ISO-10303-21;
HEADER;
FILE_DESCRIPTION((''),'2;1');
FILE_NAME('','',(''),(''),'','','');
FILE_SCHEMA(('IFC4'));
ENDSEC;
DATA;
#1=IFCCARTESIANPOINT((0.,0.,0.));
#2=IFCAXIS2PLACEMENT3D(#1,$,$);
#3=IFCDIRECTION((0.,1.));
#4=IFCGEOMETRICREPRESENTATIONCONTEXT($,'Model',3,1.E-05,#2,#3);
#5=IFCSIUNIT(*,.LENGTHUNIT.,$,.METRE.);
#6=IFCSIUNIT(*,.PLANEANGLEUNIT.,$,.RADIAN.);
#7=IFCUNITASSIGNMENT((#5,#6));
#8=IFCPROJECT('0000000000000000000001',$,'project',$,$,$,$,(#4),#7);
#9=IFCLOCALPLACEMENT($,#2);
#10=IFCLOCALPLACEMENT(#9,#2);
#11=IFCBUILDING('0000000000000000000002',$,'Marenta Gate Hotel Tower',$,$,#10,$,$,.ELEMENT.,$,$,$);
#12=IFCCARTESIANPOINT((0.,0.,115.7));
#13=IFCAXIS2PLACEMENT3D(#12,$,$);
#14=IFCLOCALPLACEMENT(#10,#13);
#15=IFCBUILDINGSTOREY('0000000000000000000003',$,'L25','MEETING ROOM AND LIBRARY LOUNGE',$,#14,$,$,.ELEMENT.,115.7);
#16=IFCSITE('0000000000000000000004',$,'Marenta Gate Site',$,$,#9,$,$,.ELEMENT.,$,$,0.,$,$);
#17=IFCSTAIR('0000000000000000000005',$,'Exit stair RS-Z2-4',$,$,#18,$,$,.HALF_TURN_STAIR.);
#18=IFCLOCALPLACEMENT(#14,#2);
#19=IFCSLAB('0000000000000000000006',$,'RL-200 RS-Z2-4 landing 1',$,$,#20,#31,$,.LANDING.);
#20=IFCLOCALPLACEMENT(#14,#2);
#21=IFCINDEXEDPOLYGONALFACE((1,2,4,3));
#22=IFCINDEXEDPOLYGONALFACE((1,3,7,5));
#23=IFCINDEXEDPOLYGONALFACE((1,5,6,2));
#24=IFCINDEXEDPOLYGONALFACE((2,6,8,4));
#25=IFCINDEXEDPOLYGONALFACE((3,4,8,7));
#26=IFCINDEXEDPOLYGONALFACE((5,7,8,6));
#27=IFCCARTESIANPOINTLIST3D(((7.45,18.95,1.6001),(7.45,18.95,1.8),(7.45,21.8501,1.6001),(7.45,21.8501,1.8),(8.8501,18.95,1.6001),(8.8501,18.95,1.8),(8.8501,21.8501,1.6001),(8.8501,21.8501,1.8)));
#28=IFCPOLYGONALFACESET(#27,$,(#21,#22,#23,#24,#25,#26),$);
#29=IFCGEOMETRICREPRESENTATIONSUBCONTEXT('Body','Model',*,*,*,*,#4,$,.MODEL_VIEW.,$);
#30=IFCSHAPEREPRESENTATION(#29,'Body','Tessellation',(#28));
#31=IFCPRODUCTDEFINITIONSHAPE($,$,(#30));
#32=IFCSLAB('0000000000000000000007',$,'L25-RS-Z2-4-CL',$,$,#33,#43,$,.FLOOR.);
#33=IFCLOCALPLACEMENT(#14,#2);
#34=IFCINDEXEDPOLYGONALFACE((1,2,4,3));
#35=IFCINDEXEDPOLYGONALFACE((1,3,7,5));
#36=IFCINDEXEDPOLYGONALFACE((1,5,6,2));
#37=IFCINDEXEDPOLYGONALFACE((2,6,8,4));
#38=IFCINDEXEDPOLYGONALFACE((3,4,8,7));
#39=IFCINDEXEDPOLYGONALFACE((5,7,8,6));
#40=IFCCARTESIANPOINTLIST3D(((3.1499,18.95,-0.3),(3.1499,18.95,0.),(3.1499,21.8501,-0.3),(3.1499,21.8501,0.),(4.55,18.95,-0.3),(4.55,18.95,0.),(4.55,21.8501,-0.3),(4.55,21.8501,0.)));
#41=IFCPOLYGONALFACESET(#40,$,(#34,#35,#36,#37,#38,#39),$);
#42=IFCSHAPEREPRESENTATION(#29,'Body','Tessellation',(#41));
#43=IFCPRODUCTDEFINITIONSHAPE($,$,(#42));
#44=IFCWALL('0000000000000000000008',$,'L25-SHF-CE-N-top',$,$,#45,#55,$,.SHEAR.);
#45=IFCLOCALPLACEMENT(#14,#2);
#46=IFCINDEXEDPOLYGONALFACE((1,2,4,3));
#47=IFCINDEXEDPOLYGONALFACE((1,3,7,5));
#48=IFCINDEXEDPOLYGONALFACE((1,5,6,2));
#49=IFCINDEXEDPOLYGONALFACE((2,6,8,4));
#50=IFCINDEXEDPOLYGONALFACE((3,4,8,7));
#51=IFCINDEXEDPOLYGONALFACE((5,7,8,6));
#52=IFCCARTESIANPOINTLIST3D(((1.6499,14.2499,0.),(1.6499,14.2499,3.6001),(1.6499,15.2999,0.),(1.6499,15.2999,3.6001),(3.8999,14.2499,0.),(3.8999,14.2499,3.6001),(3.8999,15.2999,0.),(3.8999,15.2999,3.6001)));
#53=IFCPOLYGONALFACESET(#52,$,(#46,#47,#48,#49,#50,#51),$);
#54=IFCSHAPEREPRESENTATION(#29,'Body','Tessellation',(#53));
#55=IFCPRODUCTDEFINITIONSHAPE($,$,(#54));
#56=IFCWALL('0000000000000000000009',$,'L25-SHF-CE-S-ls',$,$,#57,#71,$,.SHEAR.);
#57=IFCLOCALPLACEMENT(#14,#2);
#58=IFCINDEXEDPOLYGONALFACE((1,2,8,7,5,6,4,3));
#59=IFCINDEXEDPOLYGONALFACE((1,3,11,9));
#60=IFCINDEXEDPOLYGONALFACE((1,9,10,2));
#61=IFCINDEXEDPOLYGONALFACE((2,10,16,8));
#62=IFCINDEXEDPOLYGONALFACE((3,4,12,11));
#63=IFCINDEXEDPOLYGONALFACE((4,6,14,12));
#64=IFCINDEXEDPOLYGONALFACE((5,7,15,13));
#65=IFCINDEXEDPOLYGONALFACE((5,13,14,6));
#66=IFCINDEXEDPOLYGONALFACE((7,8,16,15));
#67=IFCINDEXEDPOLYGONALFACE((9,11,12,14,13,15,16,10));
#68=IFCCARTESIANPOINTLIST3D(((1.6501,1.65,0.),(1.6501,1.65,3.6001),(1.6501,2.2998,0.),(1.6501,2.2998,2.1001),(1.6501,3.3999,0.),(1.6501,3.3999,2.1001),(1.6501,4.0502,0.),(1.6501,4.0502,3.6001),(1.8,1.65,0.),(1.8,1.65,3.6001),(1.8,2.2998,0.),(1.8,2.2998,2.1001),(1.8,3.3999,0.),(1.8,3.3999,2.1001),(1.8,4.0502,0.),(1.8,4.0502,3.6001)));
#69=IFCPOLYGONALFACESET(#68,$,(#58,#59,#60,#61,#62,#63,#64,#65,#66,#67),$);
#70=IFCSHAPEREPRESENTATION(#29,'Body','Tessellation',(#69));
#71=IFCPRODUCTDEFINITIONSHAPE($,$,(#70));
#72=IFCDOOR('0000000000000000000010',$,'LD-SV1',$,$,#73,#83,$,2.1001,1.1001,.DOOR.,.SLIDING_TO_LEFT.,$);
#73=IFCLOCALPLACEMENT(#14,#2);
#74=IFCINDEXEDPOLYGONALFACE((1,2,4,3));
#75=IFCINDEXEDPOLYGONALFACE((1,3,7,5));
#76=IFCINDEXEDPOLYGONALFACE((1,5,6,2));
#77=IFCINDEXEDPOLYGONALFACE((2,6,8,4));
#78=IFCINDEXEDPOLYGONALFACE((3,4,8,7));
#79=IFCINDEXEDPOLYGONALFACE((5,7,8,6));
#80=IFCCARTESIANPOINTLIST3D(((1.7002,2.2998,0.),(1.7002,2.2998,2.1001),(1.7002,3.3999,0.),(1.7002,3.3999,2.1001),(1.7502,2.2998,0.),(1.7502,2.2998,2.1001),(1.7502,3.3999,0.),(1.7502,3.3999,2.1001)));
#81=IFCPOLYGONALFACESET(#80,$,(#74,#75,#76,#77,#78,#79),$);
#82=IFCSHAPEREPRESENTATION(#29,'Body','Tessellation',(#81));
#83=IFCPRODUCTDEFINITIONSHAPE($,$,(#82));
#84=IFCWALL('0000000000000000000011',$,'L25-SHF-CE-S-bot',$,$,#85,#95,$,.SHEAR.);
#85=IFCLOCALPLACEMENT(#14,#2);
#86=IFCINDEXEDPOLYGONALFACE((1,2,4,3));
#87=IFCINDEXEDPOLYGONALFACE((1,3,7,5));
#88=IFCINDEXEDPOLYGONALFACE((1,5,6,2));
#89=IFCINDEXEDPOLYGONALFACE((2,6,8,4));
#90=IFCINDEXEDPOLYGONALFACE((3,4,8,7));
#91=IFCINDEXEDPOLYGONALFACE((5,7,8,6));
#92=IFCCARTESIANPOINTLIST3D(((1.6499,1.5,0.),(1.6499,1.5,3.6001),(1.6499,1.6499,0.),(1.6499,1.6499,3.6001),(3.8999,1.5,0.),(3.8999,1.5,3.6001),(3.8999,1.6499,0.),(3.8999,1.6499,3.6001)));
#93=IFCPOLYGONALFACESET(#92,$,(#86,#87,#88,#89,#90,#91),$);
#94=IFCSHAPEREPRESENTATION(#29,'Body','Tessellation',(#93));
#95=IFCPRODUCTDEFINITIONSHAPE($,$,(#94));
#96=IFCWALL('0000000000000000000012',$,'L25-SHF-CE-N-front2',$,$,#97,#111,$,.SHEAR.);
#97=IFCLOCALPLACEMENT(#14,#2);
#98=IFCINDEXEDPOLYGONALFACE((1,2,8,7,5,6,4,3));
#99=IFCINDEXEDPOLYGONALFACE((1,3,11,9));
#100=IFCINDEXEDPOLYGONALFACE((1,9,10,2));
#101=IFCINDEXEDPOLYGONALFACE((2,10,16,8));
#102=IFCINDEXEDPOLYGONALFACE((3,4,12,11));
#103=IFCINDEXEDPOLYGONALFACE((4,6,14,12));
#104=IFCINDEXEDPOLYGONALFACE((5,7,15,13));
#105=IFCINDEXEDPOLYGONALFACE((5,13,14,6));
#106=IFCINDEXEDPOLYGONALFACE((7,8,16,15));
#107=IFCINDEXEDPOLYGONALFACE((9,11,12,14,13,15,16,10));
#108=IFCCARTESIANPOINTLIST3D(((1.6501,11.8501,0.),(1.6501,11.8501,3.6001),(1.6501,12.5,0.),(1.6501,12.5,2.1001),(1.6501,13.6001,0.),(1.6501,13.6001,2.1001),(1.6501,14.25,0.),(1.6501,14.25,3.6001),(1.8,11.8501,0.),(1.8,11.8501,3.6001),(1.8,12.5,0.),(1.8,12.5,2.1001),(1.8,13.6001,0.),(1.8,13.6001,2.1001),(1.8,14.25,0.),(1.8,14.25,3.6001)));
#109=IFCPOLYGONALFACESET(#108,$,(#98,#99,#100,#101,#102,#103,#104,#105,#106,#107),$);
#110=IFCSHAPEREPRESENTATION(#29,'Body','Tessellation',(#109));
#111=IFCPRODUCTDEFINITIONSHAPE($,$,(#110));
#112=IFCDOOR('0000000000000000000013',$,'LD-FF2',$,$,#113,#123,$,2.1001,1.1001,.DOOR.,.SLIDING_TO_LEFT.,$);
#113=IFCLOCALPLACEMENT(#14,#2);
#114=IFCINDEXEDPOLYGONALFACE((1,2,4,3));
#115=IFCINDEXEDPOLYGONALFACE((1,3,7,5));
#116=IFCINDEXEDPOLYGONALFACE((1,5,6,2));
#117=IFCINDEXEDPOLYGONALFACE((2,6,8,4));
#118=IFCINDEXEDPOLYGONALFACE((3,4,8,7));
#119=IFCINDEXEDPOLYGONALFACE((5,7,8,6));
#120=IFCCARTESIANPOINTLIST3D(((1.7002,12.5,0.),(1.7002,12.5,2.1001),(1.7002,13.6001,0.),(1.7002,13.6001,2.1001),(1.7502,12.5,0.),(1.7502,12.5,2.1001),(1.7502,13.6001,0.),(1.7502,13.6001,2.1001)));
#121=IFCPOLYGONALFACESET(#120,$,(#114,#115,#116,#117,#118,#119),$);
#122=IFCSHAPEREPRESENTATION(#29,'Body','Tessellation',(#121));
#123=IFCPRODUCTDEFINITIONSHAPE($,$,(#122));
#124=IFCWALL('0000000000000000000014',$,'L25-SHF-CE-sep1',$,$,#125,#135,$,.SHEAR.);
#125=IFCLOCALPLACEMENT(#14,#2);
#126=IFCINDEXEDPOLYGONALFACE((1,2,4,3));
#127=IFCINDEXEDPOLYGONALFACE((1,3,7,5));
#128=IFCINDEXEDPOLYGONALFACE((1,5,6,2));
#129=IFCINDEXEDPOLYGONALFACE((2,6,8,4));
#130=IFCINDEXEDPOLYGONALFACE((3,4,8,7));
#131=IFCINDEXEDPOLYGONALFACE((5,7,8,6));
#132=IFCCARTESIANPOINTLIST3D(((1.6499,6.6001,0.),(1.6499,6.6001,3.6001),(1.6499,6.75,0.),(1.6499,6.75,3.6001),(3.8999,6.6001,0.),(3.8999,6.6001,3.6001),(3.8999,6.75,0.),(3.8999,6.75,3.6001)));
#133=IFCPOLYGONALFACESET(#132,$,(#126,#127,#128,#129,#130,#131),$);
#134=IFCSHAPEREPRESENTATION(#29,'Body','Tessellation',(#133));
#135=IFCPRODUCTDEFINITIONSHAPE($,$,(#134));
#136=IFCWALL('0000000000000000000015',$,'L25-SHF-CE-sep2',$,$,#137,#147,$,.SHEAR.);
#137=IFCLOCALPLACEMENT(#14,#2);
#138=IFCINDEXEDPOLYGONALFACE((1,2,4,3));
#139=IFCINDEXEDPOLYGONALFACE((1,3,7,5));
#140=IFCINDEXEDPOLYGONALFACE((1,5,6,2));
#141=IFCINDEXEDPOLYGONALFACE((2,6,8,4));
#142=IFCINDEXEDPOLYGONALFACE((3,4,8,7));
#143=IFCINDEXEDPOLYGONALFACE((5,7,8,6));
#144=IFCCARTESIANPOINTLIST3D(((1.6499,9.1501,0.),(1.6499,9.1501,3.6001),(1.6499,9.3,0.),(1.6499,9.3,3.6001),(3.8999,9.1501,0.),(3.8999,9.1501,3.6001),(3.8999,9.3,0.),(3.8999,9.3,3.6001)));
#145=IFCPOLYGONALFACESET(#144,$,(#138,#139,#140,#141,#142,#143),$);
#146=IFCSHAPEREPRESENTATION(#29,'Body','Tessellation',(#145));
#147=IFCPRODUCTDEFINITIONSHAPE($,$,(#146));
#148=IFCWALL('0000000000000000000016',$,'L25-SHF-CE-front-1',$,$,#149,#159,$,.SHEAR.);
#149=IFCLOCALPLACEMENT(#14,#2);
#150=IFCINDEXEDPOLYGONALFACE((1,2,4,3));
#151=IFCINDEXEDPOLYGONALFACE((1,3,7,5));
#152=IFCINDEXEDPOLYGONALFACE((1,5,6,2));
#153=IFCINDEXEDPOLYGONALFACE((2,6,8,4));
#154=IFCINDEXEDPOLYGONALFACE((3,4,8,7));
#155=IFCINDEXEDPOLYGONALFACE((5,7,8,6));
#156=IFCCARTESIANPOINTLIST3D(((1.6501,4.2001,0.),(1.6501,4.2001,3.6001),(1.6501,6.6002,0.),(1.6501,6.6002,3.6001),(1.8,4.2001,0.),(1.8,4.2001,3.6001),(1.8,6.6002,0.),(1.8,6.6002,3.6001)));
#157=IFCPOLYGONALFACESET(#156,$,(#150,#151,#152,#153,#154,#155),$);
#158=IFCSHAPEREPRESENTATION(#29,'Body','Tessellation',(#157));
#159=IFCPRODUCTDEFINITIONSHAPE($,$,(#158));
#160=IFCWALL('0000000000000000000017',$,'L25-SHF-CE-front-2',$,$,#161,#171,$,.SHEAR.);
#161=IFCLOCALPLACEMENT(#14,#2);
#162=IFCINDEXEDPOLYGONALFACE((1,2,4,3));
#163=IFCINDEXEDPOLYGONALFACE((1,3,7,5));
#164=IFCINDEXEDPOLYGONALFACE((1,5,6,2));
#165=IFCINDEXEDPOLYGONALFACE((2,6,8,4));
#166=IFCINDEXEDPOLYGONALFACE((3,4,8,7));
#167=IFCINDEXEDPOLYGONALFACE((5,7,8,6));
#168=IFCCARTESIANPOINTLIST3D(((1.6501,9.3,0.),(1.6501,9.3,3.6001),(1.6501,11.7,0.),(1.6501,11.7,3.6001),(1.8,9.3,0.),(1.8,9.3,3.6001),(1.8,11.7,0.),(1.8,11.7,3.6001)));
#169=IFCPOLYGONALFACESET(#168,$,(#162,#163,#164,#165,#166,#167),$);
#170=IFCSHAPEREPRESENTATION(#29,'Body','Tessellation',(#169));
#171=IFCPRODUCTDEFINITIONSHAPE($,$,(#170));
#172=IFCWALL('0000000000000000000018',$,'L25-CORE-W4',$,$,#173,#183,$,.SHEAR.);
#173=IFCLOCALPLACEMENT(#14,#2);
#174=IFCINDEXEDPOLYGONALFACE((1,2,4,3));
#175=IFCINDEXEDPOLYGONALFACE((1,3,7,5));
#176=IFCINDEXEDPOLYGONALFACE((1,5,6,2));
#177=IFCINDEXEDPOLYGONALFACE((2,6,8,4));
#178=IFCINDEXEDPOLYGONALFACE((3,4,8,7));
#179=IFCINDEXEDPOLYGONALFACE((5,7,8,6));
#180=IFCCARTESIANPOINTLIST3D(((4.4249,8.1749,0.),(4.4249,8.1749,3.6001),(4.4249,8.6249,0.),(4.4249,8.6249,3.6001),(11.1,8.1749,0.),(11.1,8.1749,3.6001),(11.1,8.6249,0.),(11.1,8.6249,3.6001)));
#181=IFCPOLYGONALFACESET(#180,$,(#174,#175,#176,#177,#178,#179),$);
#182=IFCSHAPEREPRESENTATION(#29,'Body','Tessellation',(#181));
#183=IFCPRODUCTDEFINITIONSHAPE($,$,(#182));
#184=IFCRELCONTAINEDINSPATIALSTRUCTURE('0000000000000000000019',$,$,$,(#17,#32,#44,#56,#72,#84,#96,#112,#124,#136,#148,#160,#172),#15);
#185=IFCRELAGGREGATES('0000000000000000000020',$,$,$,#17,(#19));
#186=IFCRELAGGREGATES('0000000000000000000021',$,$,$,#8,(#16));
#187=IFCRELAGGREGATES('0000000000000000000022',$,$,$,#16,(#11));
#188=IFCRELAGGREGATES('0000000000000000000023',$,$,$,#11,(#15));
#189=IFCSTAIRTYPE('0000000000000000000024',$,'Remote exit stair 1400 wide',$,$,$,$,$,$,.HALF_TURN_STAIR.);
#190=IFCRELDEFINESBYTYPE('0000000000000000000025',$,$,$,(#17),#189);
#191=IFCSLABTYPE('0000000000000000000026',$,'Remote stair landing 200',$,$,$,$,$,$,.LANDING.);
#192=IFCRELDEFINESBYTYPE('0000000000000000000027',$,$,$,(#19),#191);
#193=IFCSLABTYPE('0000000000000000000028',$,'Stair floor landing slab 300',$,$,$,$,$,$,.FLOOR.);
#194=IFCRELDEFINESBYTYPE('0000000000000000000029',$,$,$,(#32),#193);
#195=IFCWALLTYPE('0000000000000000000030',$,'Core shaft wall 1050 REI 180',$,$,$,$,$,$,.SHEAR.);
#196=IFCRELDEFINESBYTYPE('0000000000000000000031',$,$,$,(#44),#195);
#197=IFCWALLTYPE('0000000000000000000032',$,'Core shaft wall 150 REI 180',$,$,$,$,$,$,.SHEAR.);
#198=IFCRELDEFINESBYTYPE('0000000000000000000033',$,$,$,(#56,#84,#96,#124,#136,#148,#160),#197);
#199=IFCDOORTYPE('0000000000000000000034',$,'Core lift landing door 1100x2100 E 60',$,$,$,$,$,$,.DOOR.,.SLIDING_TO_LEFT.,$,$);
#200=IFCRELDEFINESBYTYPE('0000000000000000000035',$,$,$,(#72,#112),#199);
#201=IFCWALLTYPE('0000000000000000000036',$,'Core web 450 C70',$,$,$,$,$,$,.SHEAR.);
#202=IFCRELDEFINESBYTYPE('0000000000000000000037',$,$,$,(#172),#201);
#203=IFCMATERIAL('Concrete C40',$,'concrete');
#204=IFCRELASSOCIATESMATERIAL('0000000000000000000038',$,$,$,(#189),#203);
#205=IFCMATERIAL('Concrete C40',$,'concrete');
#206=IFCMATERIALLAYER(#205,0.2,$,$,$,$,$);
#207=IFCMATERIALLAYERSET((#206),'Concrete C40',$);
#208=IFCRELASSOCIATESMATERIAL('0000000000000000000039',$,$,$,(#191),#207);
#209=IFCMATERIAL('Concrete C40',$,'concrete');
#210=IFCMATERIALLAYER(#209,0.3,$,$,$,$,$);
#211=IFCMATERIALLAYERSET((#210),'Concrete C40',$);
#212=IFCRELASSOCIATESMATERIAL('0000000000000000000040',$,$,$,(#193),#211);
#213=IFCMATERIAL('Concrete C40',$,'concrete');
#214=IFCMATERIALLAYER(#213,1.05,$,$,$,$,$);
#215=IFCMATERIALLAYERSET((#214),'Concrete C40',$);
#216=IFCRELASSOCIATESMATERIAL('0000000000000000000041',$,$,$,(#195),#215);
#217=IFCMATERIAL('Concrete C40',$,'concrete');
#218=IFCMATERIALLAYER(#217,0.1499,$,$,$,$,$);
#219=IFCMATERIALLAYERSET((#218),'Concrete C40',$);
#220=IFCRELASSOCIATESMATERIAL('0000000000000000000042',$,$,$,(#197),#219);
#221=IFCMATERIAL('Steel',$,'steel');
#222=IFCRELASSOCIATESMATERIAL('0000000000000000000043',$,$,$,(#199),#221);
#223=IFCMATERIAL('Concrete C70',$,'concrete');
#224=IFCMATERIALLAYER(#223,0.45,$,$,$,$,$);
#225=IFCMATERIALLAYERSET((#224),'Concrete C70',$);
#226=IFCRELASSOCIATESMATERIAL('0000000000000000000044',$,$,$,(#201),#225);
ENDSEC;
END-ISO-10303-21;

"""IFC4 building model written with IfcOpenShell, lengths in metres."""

from ifc_helpers import new_model, si_unit, direction, frame, frame_2d, origin, place, context, subcontext, project, spatial, polyline, rectangle, outline, extrude, material, layer, layer_set, type_object, element, fill, aggregate, save


model = new_model("IFC4")

# Units and contexts
model_context = context("Model", 3, precision=1e-05, world=origin(), true_north=direction((0.0, 1.0)))
body_context = subcontext(model_context, "Body", "Model", "MODEL_VIEW")
ifc_project = project(units=[si_unit("LENGTHUNIT", "METRE"), si_unit("PLANEANGLEUNIT", "RADIAN")], contexts=[model_context])

# Site, building, storey
site_placement = place(None, origin())
site = spatial("IfcSite", under=ifc_project, at=site_placement, Name="Marenta Gate Site", CompositionType="ELEMENT", RefElevation=0.0)
building_placement = place(site_placement, origin())
building = spatial("IfcBuilding", under=site, at=building_placement, Name="Marenta Gate Hotel Tower", CompositionType="ELEMENT")
storey_placement = place(building_placement, frame((0.0, 0.0, 115.7)))
storey = spatial("IfcBuildingStorey", under=building, at=storey_placement, Name="L25", Description="MEETING ROOM AND LIBRARY LOUNGE", CompositionType="ELEMENT", Elevation=115.7)

# Stair, slab
ifc_material_1 = material(Name="Concrete C40", Category="concrete")
stair_type_1 = type_object("IfcStairType", Name="Remote exit stair 1400 wide", PredefinedType="HALF_TURN_STAIR", material=ifc_material_1)
stair_1_placement = place(storey_placement, origin())
stair_1 = element("IfcStair", 1, at=stair_1_placement, inside=storey, type_object=stair_type_1, Name="Exit stair RS-Z2-4", PredefinedType="HALF_TURN_STAIR")
ifc_material_2 = material(Name="Concrete C40", Category="concrete")
ifc_layer_1 = layer(ifc_material_2, 0.2)
ifc_layer_set_1 = layer_set([ifc_layer_1], Name="Concrete C40")
slab_type_1 = type_object("IfcSlabType", Name="Remote stair landing 200", PredefinedType="LANDING", material=ifc_layer_set_1)
slab_1_placement = place(storey_placement, frame((0.0, 0.0, 1.6001)))
slab_1 = element("IfcSlab", 2, at=slab_1_placement, type_object=slab_type_1, Name="RL-200 RS-Z2-4 landing 1", PredefinedType="LANDING", context=body_context, shape_type="SweptSolid", body=[
    extrude(outline(polyline([(7.45, 18.95), (8.8501, 18.95), (8.8501, 21.8501), (7.45, 21.8501), (7.45, 18.95)])), origin(), (0.0, 0.0, 1.0), 0.2),
])
aggregate(stair_1, [slab_1])

# Slab
ifc_material_3 = material(Name="Concrete C40", Category="concrete")
ifc_layer_2 = layer(ifc_material_3, 0.3)
ifc_layer_set_2 = layer_set([ifc_layer_2], Name="Concrete C40")
slab_type_2 = type_object("IfcSlabType", Name="Stair floor landing slab 300", PredefinedType="FLOOR", material=ifc_layer_set_2)
slab_2_placement = place(storey_placement, frame((0.0, 0.0, -0.3)))
element("IfcSlab", 3, at=slab_2_placement, inside=storey, type_object=slab_type_2, Name="L25-RS-Z2-4-CL", PredefinedType="FLOOR", context=body_context, shape_type="SweptSolid", body=[
    extrude(outline(polyline([(4.55, 18.95), (4.55, 21.8501), (3.1499, 21.8501), (3.1499, 18.95), (4.55, 18.95)])), origin(), (0.0, 0.0, 1.0), 0.3),
])

# Wall
ifc_material_4 = material(Name="Concrete C40", Category="concrete")
ifc_layer_3 = layer(ifc_material_4, 1.05)
ifc_layer_set_3 = layer_set([ifc_layer_3], Name="Concrete C40")
wall_type_1 = type_object("IfcWallType", Name="Core shaft wall 1050 REI 180", PredefinedType="SHEAR", material=ifc_layer_set_3)
wall_1_placement = place(storey_placement, frame((1.6499, 14.7749, 0.0), z_axis=(0.0, 0.0, 1.0), x_axis=(1.0, 0.0, 0.0)))
element("IfcWall", 4, at=wall_1_placement, inside=storey, type_object=wall_type_1, Name="L25-SHF-CE-N-top", PredefinedType="SHEAR", context=body_context, shape_type="SweptSolid", body=[
    extrude(rectangle(XDim=2.25, YDim=1.05, at=frame_2d((1.125, 0.0))), origin(), (0.0, 0.0, 1.0), 3.6001),
])

# Wall, opening, door
ifc_material_5 = material(Name="Concrete C40", Category="concrete")
ifc_layer_4 = layer(ifc_material_5, 0.1499)
ifc_layer_set_4 = layer_set([ifc_layer_4], Name="Concrete C40")
wall_type_2 = type_object("IfcWallType", Name="Core shaft wall 150 REI 180", PredefinedType="SHEAR", material=ifc_layer_set_4)
wall_2_placement = place(storey_placement, frame((1.7251, 1.6499, 0.0), z_axis=(0.0, 0.0, 1.0), x_axis=(0.0, 1.0, 0.0)))
wall_2 = element("IfcWall", 5, at=wall_2_placement, inside=storey, type_object=wall_type_2, Name="L25-SHF-CE-S-ls", PredefinedType="SHEAR", context=body_context, shape_type="SweptSolid", body=[
    extrude(rectangle(XDim=2.4001, YDim=0.1499, at=frame_2d((1.2002, 0.0))), origin(), (0.0, 0.0, 1.0), 3.6001),
])
opening_1_placement = place(wall_2_placement, frame((0.6499, 0.0, 0.0)))
opening_1 = element("IfcOpeningElement", 6, at=opening_1_placement, cuts=wall_2, PredefinedType="OPENING", context=body_context, shape_type="SweptSolid", body=[
    extrude(rectangle(XDim=1.1001, YDim=2.1001, at=frame_2d((0.55, 1.05))), frame((0.0, 0.075, 0.0), z_axis=(0.0, -1.0, 0.0), x_axis=(1.0, 0.0, 0.0)), (0.0, 0.0, 1.0), 0.1499),
])
ifc_material_6 = material(Name="Steel", Category="steel")
door_type_1 = type_object("IfcDoorType", Name="Core lift landing door 1100x2100 E 60", OperationType="SLIDING_TO_LEFT", PredefinedType="DOOR", material=ifc_material_6)
door_1_placement = place(opening_1_placement, origin())
door_1 = element("IfcDoor", 7, at=door_1_placement, inside=storey, type_object=door_type_1, Name="LD-SV1", OperationType="SLIDING_TO_LEFT", OverallHeight=2.1001, OverallWidth=1.1001, PredefinedType="DOOR", context=body_context, shape_type="SweptSolid", body=[
    extrude(rectangle(XDim=1.1001, YDim=2.1001, at=frame_2d((0.55, 1.05))), frame((0.0, 0.0249, 0.0), z_axis=(0.0, -1.0, 0.0), x_axis=(1.0, 0.0, 0.0)), (0.0, 0.0, 1.0), 0.05),
])
fill(opening_1, door_1)

# Wall
wall_3_placement = place(storey_placement, frame((1.6499, 1.575, 0.0), z_axis=(0.0, 0.0, 1.0), x_axis=(1.0, 0.0, 0.0)))
element("IfcWall", 8, at=wall_3_placement, inside=storey, type_object=wall_type_2, Name="L25-SHF-CE-S-bot", PredefinedType="SHEAR", context=body_context, shape_type="SweptSolid", body=[
    extrude(rectangle(XDim=2.25, YDim=0.1499, at=frame_2d((1.125, 0.0))), origin(), (0.0, 0.0, 1.0), 3.6001),
])

# Wall, opening, door
wall_4_placement = place(storey_placement, frame((1.7251, 11.8501, 0.0), z_axis=(0.0, 0.0, 1.0), x_axis=(0.0, 1.0, 0.0)))
wall_4 = element("IfcWall", 9, at=wall_4_placement, inside=storey, type_object=wall_type_2, Name="L25-SHF-CE-N-front2", PredefinedType="SHEAR", context=body_context, shape_type="SweptSolid", body=[
    extrude(rectangle(XDim=2.3999, YDim=0.1499, at=frame_2d((1.2, 0.0))), origin(), (0.0, 0.0, 1.0), 3.6001),
])
opening_2_placement = place(wall_4_placement, frame((0.6499, 0.0, 0.0)))
opening_2 = element("IfcOpeningElement", 10, at=opening_2_placement, cuts=wall_4, PredefinedType="OPENING", context=body_context, shape_type="SweptSolid", body=[
    extrude(rectangle(XDim=1.1001, YDim=2.1001, at=frame_2d((0.55, 1.05))), frame((0.0, 0.075, 0.0), z_axis=(0.0, -1.0, 0.0), x_axis=(1.0, 0.0, 0.0)), (0.0, 0.0, 1.0), 0.1499),
])
door_2_placement = place(opening_2_placement, origin())
door_2 = element("IfcDoor", 11, at=door_2_placement, inside=storey, type_object=door_type_1, Name="LD-FF2", OperationType="SLIDING_TO_LEFT", OverallHeight=2.1001, OverallWidth=1.1001, PredefinedType="DOOR", context=body_context, shape_type="SweptSolid", body=[
    extrude(rectangle(XDim=1.1001, YDim=2.1001, at=frame_2d((0.55, 1.05))), frame((0.0, 0.0249, 0.0), z_axis=(0.0, -1.0, 0.0), x_axis=(1.0, 0.0, 0.0)), (0.0, 0.0, 1.0), 0.05),
])
fill(opening_2, door_2)

# Walls
for number, where, z_axis, x_axis, name in (
    (12, (1.6499, 6.675, 0.0), (0.0, 0.0, 1.0), (1.0, 0.0, 0.0), "L25-SHF-CE-sep1"),
    (13, (1.6499, 9.2251, 0.0), (0.0, 0.0, 1.0), (1.0, 0.0, 0.0), "L25-SHF-CE-sep2"),
):
    element("IfcWall", number, at=place(storey_placement, frame(where, z_axis=z_axis, x_axis=x_axis)), inside=storey, type_object=wall_type_2, Name=name, PredefinedType="SHEAR", context=body_context, shape_type="SweptSolid", body=[
        extrude(rectangle(XDim=2.25, YDim=0.1499, at=frame_2d((1.125, 0.0))), origin(), (0.0, 0.0, 1.0), 3.6001),
    ])
wall_5_placement = place(storey_placement, frame((1.7251, 4.2, 0.0), z_axis=(0.0, 0.0, 1.0), x_axis=(0.0, 1.0, 0.0)))
element("IfcWall", 14, at=wall_5_placement, inside=storey, type_object=wall_type_2, Name="L25-SHF-CE-front-1", PredefinedType="SHEAR", context=body_context, shape_type="SweptSolid", body=[
    extrude(rectangle(XDim=2.4001, YDim=0.1499, at=frame_2d((1.2002, 0.0))), origin(), (0.0, 0.0, 1.0), 3.6001),
])
wall_6_placement = place(storey_placement, frame((1.7251, 9.3, 0.0), z_axis=(0.0, 0.0, 1.0), x_axis=(0.0, 1.0, 0.0)))
element("IfcWall", 15, at=wall_6_placement, inside=storey, type_object=wall_type_2, Name="L25-SHF-CE-front-2", PredefinedType="SHEAR", context=body_context, shape_type="SweptSolid", body=[
    extrude(rectangle(XDim=2.3999, YDim=0.1499, at=frame_2d((1.2, 0.0))), origin(), (0.0, 0.0, 1.0), 3.6001),
])

# Shared definitions
ifc_material_7 = material(Name="Concrete C70", Category="concrete")
ifc_layer_5 = layer(ifc_material_7, 0.45)
ifc_layer_set_5 = layer_set([ifc_layer_5], Name="Concrete C70")
wall_type_3 = type_object("IfcWallType", Name="Core web 450 C70", PredefinedType="SHEAR", material=ifc_layer_set_5)

# Wall
wall_7_placement = place(storey_placement, frame((4.425, 8.3999, 0.0), z_axis=(0.0, 0.0, 1.0), x_axis=(1.0, 0.0, 0.0)))
element("IfcWall", 16, at=wall_7_placement, inside=storey, type_object=wall_type_3, Name="L25-CORE-W4", PredefinedType="SHEAR", context=body_context, shape_type="SweptSolid", body=[
    extrude(rectangle(XDim=6.675, YDim=0.45, at=frame_2d((3.3374, 0.0))), origin(), (0.0, 0.0, 1.0), 3.6001),
])

save(model, "model.ifc")
